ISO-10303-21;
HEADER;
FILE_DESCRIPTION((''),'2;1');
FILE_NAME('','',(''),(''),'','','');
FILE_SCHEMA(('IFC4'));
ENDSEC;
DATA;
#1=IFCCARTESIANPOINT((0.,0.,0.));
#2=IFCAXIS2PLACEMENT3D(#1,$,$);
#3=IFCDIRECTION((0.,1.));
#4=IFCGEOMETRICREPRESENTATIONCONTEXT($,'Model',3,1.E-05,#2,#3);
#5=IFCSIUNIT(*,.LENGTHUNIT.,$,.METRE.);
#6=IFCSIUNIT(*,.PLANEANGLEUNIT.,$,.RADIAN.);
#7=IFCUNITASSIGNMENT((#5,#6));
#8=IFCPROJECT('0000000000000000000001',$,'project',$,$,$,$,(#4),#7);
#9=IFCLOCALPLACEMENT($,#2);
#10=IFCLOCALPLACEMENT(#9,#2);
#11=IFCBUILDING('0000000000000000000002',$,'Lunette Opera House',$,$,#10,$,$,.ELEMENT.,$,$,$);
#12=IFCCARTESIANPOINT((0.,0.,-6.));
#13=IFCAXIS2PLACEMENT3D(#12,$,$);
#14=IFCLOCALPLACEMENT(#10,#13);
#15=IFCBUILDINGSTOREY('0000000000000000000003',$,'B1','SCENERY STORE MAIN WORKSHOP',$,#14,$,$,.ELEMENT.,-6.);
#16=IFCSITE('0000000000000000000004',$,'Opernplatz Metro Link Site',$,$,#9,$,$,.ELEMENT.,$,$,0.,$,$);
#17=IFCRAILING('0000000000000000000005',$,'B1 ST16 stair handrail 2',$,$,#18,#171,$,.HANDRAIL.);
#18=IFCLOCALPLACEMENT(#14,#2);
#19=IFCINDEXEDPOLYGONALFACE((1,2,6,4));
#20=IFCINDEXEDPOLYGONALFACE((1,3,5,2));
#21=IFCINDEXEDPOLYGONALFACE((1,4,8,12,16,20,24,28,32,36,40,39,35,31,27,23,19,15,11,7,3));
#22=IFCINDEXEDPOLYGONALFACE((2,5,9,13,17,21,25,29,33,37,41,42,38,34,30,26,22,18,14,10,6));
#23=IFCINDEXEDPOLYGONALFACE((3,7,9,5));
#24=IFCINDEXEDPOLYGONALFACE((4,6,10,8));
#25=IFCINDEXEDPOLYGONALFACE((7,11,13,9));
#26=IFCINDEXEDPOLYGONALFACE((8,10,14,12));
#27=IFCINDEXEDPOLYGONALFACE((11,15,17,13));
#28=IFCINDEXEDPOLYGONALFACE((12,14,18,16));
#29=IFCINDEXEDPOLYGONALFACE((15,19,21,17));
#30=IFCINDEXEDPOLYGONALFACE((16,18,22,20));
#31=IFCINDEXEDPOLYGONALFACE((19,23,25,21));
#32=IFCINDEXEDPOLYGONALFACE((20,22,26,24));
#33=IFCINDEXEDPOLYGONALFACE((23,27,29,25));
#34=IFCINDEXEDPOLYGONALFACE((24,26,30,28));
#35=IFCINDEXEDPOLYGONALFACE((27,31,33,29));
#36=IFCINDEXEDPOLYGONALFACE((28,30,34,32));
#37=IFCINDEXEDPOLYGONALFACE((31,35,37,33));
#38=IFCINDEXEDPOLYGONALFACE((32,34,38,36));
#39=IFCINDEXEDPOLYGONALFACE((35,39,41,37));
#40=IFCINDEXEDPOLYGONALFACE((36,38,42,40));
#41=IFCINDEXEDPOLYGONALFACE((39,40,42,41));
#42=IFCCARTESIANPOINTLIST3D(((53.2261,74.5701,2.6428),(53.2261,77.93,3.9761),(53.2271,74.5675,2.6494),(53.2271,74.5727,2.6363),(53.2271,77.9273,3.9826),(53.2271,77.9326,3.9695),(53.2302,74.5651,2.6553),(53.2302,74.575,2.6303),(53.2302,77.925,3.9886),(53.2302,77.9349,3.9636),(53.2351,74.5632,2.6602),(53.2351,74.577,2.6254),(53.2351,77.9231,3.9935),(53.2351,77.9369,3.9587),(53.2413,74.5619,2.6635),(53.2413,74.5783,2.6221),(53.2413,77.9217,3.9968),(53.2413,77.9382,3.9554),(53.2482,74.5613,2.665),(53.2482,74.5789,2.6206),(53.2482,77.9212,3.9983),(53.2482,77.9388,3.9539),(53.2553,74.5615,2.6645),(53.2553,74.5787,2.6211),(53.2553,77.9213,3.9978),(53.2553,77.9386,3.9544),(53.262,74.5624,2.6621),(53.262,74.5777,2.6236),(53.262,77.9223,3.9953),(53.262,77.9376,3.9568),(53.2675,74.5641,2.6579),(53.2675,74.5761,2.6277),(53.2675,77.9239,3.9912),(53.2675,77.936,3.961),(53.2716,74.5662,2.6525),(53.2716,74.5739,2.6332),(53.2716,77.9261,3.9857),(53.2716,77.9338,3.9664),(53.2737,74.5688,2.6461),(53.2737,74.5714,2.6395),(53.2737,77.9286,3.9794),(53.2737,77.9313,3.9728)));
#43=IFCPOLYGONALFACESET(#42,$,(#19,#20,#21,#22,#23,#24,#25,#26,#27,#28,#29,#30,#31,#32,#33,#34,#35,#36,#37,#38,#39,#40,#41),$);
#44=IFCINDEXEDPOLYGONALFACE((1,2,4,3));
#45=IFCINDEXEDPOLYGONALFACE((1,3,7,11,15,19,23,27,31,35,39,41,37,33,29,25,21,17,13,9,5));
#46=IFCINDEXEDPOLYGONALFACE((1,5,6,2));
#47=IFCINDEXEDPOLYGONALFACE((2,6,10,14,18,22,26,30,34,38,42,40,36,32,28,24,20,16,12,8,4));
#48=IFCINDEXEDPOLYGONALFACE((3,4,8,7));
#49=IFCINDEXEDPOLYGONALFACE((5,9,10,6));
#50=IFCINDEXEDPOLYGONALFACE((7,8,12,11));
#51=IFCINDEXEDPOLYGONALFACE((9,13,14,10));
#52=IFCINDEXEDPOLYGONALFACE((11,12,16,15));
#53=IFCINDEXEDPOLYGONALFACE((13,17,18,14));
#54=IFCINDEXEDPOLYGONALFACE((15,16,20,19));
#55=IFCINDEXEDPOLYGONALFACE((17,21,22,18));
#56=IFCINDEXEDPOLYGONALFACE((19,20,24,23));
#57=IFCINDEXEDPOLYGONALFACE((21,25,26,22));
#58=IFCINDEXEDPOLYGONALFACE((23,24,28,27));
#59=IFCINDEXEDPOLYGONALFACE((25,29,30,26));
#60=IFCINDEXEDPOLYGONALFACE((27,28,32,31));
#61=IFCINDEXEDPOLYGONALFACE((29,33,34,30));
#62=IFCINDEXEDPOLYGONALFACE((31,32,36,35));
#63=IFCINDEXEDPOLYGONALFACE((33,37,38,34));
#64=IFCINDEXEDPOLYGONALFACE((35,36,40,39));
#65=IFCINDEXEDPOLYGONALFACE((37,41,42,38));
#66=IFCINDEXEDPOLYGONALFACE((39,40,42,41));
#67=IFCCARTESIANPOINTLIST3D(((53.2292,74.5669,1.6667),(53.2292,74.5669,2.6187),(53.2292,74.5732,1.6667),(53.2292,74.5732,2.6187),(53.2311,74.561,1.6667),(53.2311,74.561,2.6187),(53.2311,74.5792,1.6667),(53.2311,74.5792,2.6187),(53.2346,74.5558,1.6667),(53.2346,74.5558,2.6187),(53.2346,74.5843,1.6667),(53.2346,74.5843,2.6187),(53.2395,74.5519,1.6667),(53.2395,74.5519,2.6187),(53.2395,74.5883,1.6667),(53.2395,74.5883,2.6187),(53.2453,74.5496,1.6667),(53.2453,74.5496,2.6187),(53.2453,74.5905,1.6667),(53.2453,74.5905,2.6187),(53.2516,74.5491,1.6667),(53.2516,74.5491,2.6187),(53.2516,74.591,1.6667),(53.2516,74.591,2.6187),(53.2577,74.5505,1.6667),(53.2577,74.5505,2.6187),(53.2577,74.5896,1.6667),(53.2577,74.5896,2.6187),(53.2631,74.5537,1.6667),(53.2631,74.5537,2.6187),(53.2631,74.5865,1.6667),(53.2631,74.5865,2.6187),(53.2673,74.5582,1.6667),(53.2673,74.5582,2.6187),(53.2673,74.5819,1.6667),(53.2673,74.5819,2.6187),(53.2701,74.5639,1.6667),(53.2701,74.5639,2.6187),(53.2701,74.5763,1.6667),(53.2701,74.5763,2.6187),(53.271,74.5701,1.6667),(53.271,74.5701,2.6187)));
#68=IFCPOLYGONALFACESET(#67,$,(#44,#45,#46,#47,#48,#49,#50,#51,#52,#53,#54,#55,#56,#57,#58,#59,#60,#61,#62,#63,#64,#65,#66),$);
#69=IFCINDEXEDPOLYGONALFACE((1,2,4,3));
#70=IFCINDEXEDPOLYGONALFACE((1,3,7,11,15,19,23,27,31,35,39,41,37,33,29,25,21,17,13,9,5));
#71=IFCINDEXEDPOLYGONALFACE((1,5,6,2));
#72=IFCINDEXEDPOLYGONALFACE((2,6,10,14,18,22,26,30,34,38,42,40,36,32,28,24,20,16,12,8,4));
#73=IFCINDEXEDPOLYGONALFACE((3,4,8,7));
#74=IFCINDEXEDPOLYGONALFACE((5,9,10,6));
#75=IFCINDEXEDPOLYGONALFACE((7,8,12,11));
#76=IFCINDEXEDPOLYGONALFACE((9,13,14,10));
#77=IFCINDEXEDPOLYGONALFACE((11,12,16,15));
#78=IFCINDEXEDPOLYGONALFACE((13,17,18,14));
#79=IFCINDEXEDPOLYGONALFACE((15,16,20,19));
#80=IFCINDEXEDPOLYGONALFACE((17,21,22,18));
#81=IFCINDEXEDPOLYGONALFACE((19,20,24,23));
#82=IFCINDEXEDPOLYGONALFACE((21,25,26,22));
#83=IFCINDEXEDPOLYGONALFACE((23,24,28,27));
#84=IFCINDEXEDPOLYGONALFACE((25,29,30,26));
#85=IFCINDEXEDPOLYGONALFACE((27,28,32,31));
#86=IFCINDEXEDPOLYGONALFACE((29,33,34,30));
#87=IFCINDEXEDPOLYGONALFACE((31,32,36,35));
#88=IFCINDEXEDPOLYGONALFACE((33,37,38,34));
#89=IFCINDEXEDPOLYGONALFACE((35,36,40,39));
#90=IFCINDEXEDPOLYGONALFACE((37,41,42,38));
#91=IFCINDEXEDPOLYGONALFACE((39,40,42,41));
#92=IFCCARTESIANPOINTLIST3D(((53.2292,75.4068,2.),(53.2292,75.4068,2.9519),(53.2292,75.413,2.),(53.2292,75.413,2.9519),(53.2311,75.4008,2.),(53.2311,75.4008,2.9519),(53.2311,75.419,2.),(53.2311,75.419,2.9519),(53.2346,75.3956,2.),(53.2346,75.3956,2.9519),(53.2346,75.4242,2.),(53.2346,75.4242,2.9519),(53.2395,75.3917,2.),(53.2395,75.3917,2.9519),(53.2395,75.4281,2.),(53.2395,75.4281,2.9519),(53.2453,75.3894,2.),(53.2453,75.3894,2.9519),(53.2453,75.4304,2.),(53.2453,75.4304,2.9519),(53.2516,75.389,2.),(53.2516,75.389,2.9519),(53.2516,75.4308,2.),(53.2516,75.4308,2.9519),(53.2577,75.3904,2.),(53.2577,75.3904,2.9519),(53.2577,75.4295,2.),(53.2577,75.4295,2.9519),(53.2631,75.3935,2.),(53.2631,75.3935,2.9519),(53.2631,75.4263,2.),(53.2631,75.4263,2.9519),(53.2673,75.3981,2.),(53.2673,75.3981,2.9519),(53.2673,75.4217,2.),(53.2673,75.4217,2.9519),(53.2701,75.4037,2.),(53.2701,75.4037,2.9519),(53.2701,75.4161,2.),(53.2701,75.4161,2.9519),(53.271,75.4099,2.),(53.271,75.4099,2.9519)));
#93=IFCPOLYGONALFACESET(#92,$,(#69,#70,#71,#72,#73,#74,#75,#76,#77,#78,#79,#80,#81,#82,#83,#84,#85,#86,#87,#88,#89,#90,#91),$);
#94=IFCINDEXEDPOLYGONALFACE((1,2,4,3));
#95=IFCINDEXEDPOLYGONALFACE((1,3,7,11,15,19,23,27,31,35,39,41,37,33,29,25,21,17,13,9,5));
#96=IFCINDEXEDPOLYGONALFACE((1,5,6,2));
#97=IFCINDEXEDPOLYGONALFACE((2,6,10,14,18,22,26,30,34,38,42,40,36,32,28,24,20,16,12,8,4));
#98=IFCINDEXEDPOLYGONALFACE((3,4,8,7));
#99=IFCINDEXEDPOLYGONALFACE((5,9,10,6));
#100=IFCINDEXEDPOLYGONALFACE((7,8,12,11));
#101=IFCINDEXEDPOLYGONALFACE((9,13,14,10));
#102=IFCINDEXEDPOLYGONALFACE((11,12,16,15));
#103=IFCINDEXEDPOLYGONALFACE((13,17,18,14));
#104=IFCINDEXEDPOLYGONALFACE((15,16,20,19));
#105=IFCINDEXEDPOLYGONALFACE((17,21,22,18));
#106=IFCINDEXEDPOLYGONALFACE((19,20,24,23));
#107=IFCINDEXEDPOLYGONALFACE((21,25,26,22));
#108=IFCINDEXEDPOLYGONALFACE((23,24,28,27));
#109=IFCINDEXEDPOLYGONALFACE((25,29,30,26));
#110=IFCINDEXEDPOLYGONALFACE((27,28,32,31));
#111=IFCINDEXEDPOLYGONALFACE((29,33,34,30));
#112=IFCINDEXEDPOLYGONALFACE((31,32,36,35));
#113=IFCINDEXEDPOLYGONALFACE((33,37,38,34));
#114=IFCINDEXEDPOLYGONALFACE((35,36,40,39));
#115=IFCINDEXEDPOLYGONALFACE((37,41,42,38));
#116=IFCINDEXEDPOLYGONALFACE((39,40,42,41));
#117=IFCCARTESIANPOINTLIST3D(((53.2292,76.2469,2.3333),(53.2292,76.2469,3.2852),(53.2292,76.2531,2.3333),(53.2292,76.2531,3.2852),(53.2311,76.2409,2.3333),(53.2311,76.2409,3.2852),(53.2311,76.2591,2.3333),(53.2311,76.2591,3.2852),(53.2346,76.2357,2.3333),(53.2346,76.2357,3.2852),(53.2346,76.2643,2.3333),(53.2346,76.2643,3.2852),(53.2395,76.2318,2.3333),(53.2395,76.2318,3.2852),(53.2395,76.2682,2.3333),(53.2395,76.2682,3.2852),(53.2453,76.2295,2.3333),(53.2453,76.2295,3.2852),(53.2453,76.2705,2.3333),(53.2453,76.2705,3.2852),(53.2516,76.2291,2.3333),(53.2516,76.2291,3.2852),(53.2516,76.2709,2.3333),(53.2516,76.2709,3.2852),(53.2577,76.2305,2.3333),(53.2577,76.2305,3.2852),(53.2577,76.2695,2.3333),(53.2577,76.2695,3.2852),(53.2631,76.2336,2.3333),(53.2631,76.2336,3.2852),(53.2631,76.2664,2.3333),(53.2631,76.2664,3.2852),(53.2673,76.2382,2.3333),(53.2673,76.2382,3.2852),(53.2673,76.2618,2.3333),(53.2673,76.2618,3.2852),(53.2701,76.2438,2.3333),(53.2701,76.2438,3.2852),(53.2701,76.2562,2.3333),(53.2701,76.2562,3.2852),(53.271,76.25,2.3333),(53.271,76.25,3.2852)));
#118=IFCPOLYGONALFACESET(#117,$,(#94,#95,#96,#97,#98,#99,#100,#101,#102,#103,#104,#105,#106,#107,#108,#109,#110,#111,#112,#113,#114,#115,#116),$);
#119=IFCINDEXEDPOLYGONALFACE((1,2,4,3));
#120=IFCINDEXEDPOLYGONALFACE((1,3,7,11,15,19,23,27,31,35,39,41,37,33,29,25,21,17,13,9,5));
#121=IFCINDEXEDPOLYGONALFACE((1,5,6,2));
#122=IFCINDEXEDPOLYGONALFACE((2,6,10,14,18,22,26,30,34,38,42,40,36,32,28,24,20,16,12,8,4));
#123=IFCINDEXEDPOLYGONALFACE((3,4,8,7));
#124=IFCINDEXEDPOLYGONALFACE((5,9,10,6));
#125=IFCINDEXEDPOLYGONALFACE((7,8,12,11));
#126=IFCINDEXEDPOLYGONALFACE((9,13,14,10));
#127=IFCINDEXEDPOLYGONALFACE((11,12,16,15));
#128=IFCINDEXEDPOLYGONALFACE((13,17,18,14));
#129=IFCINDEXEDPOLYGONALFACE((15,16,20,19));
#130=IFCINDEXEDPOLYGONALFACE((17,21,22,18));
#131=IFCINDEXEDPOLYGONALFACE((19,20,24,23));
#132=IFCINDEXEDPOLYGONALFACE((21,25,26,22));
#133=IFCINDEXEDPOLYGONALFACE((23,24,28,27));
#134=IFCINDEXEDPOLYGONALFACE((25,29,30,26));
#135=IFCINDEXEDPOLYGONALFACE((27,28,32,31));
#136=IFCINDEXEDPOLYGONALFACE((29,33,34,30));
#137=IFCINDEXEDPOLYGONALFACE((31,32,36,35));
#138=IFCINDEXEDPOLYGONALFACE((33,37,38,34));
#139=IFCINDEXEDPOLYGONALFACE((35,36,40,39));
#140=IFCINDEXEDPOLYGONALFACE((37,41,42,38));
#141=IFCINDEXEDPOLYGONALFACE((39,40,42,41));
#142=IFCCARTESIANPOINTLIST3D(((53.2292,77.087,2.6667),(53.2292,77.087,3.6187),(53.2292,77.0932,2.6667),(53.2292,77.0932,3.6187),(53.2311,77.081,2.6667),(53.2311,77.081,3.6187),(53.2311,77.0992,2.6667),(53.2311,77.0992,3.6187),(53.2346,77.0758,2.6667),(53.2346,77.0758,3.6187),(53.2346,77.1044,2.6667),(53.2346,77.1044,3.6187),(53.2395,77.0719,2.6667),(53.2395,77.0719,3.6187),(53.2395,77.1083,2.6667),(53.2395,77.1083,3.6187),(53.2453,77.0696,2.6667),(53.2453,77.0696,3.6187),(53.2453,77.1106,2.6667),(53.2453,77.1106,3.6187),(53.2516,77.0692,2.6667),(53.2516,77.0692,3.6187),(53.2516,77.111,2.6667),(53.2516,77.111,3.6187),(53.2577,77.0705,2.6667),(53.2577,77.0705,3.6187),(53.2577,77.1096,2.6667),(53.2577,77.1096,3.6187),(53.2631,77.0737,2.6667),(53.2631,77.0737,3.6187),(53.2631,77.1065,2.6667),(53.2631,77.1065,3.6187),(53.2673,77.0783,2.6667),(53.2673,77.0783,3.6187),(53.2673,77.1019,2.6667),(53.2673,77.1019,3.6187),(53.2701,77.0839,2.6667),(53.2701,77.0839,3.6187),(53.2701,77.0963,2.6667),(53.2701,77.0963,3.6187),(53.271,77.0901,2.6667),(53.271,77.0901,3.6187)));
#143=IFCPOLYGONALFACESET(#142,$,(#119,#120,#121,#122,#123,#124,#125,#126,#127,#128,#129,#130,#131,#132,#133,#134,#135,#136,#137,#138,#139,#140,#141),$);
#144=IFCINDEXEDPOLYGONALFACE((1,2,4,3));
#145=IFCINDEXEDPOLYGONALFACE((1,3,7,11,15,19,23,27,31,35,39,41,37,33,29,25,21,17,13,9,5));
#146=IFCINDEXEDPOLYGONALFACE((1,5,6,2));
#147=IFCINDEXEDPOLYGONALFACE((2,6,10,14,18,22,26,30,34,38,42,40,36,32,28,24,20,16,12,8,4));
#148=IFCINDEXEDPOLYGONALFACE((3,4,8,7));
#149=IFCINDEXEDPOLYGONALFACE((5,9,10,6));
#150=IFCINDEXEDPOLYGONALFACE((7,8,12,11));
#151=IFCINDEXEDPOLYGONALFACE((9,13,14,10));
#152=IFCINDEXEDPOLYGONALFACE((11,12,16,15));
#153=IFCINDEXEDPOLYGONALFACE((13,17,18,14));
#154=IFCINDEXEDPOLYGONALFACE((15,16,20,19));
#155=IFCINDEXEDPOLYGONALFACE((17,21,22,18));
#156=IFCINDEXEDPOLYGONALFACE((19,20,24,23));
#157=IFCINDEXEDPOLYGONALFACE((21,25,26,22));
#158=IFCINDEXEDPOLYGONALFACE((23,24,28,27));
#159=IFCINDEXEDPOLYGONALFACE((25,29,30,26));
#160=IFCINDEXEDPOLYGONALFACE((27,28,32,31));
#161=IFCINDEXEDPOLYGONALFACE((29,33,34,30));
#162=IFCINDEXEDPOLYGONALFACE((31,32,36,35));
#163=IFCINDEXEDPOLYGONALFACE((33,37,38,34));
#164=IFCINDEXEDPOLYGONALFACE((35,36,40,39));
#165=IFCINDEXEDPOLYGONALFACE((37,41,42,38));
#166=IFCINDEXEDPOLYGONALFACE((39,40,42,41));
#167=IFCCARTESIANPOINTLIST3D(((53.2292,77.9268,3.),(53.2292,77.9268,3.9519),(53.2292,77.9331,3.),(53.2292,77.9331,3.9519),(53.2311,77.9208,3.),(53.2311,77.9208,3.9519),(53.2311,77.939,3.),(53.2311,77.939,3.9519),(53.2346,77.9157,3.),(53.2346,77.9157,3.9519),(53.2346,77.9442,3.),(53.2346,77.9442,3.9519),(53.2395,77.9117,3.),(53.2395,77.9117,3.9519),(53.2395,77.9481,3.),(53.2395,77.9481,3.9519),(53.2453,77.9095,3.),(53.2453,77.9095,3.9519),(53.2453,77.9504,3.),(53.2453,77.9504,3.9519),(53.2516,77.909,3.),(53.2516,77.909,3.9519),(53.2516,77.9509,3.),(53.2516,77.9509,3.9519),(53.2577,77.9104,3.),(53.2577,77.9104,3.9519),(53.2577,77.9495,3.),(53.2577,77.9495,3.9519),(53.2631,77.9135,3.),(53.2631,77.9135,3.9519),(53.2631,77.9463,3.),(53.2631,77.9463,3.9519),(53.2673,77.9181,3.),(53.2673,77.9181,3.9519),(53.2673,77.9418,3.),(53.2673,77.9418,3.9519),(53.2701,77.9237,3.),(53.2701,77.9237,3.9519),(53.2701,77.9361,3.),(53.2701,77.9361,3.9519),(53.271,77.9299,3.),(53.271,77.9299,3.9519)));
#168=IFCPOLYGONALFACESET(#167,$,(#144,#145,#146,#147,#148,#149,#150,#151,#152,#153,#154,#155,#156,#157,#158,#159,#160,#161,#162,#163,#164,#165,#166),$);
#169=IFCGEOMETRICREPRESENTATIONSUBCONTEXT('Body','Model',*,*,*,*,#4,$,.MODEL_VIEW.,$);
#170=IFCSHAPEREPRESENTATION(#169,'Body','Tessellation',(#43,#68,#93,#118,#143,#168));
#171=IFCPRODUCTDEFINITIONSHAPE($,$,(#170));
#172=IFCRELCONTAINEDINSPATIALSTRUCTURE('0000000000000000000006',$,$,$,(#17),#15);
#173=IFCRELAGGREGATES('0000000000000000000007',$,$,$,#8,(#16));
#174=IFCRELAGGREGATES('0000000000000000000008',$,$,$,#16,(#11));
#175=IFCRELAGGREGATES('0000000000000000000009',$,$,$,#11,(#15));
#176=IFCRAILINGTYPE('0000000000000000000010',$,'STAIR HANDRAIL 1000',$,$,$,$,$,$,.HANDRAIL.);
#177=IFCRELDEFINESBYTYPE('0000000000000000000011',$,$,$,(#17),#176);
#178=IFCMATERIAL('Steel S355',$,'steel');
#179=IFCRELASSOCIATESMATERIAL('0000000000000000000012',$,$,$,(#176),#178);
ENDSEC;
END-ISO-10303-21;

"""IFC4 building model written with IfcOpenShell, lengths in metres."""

from ifc_helpers import new_model, si_unit, direction, frame, origin, origin_2d, place, context, subcontext, project, spatial, circle, extrude, material, type_object, element, save


model = new_model("IFC4")

# Units and contexts
model_context = context("Model", 3, precision=1e-05, world=origin(), true_north=direction((0.0, 1.0)))
body_context = subcontext(model_context, "Body", "Model", "MODEL_VIEW")
ifc_project = project(units=[si_unit("LENGTHUNIT", "METRE"), si_unit("PLANEANGLEUNIT", "RADIAN")], contexts=[model_context])

# Site, building, storey
site_placement = place(None, origin())
site = spatial("IfcSite", under=ifc_project, at=site_placement, Name="Opernplatz Metro Link Site", CompositionType="ELEMENT", RefElevation=0.0)
building_placement = place(site_placement, origin())
building = spatial("IfcBuilding", under=site, at=building_placement, Name="Lunette Opera House", CompositionType="ELEMENT")
storey_placement = place(building_placement, frame((0.0, 0.0, -6.0)))
storey = spatial("IfcBuildingStorey", under=building, at=storey_placement, Name="B1", Description="SCENERY STORE MAIN WORKSHOP", CompositionType="ELEMENT", Elevation=-6.0)

# Railing
ifc_material_1 = material(Name="Steel S355", Category="steel")
railing_type_1 = type_object("IfcRailingType", Name="STAIR HANDRAIL 1000", PredefinedType="HANDRAIL", material=ifc_material_1)
for number, where, name in (
    (1, (53.25, 74.5701, 1.6667), "B1 ST16 stair handrail 2"),
):
    element("IfcRailing", number, at=place(storey_placement, frame(where)), inside=storey, type_object=railing_type_1, Name=name, PredefinedType="HANDRAIL", context=body_context, shape_type="SweptSolid", body=[
        extrude(circle(Radius=0.0239, at=origin_2d()), frame((0.0, 0.0, 0.9761), z_axis=(0.0, 0.929493, 0.368839), x_axis=(-1.0, 0.0, 0.0)), (0.0, 0.0, 1.0), 3.6147),
        extrude(circle(Radius=0.021, at=origin_2d()), origin(), (0.0, 0.0, 1.0), 0.9519),
        extrude(circle(Radius=0.021, at=origin_2d()), frame((0.0, 0.8398, 0.3333)), (0.0, 0.0, 1.0), 0.9519),
        extrude(circle(Radius=0.021, at=origin_2d()), frame((0.0, 1.6799, 0.6665)), (0.0, 0.0, 1.0), 0.9519),
        extrude(circle(Radius=0.021, at=origin_2d()), frame((0.0, 2.52, 1.0)), (0.0, 0.0, 1.0), 0.9519),
        extrude(circle(Radius=0.021, at=origin_2d()), frame((0.0, 3.3599, 1.3333)), (0.0, 0.0, 1.0), 0.9519),
    ])

save(model, "model.ifc")
